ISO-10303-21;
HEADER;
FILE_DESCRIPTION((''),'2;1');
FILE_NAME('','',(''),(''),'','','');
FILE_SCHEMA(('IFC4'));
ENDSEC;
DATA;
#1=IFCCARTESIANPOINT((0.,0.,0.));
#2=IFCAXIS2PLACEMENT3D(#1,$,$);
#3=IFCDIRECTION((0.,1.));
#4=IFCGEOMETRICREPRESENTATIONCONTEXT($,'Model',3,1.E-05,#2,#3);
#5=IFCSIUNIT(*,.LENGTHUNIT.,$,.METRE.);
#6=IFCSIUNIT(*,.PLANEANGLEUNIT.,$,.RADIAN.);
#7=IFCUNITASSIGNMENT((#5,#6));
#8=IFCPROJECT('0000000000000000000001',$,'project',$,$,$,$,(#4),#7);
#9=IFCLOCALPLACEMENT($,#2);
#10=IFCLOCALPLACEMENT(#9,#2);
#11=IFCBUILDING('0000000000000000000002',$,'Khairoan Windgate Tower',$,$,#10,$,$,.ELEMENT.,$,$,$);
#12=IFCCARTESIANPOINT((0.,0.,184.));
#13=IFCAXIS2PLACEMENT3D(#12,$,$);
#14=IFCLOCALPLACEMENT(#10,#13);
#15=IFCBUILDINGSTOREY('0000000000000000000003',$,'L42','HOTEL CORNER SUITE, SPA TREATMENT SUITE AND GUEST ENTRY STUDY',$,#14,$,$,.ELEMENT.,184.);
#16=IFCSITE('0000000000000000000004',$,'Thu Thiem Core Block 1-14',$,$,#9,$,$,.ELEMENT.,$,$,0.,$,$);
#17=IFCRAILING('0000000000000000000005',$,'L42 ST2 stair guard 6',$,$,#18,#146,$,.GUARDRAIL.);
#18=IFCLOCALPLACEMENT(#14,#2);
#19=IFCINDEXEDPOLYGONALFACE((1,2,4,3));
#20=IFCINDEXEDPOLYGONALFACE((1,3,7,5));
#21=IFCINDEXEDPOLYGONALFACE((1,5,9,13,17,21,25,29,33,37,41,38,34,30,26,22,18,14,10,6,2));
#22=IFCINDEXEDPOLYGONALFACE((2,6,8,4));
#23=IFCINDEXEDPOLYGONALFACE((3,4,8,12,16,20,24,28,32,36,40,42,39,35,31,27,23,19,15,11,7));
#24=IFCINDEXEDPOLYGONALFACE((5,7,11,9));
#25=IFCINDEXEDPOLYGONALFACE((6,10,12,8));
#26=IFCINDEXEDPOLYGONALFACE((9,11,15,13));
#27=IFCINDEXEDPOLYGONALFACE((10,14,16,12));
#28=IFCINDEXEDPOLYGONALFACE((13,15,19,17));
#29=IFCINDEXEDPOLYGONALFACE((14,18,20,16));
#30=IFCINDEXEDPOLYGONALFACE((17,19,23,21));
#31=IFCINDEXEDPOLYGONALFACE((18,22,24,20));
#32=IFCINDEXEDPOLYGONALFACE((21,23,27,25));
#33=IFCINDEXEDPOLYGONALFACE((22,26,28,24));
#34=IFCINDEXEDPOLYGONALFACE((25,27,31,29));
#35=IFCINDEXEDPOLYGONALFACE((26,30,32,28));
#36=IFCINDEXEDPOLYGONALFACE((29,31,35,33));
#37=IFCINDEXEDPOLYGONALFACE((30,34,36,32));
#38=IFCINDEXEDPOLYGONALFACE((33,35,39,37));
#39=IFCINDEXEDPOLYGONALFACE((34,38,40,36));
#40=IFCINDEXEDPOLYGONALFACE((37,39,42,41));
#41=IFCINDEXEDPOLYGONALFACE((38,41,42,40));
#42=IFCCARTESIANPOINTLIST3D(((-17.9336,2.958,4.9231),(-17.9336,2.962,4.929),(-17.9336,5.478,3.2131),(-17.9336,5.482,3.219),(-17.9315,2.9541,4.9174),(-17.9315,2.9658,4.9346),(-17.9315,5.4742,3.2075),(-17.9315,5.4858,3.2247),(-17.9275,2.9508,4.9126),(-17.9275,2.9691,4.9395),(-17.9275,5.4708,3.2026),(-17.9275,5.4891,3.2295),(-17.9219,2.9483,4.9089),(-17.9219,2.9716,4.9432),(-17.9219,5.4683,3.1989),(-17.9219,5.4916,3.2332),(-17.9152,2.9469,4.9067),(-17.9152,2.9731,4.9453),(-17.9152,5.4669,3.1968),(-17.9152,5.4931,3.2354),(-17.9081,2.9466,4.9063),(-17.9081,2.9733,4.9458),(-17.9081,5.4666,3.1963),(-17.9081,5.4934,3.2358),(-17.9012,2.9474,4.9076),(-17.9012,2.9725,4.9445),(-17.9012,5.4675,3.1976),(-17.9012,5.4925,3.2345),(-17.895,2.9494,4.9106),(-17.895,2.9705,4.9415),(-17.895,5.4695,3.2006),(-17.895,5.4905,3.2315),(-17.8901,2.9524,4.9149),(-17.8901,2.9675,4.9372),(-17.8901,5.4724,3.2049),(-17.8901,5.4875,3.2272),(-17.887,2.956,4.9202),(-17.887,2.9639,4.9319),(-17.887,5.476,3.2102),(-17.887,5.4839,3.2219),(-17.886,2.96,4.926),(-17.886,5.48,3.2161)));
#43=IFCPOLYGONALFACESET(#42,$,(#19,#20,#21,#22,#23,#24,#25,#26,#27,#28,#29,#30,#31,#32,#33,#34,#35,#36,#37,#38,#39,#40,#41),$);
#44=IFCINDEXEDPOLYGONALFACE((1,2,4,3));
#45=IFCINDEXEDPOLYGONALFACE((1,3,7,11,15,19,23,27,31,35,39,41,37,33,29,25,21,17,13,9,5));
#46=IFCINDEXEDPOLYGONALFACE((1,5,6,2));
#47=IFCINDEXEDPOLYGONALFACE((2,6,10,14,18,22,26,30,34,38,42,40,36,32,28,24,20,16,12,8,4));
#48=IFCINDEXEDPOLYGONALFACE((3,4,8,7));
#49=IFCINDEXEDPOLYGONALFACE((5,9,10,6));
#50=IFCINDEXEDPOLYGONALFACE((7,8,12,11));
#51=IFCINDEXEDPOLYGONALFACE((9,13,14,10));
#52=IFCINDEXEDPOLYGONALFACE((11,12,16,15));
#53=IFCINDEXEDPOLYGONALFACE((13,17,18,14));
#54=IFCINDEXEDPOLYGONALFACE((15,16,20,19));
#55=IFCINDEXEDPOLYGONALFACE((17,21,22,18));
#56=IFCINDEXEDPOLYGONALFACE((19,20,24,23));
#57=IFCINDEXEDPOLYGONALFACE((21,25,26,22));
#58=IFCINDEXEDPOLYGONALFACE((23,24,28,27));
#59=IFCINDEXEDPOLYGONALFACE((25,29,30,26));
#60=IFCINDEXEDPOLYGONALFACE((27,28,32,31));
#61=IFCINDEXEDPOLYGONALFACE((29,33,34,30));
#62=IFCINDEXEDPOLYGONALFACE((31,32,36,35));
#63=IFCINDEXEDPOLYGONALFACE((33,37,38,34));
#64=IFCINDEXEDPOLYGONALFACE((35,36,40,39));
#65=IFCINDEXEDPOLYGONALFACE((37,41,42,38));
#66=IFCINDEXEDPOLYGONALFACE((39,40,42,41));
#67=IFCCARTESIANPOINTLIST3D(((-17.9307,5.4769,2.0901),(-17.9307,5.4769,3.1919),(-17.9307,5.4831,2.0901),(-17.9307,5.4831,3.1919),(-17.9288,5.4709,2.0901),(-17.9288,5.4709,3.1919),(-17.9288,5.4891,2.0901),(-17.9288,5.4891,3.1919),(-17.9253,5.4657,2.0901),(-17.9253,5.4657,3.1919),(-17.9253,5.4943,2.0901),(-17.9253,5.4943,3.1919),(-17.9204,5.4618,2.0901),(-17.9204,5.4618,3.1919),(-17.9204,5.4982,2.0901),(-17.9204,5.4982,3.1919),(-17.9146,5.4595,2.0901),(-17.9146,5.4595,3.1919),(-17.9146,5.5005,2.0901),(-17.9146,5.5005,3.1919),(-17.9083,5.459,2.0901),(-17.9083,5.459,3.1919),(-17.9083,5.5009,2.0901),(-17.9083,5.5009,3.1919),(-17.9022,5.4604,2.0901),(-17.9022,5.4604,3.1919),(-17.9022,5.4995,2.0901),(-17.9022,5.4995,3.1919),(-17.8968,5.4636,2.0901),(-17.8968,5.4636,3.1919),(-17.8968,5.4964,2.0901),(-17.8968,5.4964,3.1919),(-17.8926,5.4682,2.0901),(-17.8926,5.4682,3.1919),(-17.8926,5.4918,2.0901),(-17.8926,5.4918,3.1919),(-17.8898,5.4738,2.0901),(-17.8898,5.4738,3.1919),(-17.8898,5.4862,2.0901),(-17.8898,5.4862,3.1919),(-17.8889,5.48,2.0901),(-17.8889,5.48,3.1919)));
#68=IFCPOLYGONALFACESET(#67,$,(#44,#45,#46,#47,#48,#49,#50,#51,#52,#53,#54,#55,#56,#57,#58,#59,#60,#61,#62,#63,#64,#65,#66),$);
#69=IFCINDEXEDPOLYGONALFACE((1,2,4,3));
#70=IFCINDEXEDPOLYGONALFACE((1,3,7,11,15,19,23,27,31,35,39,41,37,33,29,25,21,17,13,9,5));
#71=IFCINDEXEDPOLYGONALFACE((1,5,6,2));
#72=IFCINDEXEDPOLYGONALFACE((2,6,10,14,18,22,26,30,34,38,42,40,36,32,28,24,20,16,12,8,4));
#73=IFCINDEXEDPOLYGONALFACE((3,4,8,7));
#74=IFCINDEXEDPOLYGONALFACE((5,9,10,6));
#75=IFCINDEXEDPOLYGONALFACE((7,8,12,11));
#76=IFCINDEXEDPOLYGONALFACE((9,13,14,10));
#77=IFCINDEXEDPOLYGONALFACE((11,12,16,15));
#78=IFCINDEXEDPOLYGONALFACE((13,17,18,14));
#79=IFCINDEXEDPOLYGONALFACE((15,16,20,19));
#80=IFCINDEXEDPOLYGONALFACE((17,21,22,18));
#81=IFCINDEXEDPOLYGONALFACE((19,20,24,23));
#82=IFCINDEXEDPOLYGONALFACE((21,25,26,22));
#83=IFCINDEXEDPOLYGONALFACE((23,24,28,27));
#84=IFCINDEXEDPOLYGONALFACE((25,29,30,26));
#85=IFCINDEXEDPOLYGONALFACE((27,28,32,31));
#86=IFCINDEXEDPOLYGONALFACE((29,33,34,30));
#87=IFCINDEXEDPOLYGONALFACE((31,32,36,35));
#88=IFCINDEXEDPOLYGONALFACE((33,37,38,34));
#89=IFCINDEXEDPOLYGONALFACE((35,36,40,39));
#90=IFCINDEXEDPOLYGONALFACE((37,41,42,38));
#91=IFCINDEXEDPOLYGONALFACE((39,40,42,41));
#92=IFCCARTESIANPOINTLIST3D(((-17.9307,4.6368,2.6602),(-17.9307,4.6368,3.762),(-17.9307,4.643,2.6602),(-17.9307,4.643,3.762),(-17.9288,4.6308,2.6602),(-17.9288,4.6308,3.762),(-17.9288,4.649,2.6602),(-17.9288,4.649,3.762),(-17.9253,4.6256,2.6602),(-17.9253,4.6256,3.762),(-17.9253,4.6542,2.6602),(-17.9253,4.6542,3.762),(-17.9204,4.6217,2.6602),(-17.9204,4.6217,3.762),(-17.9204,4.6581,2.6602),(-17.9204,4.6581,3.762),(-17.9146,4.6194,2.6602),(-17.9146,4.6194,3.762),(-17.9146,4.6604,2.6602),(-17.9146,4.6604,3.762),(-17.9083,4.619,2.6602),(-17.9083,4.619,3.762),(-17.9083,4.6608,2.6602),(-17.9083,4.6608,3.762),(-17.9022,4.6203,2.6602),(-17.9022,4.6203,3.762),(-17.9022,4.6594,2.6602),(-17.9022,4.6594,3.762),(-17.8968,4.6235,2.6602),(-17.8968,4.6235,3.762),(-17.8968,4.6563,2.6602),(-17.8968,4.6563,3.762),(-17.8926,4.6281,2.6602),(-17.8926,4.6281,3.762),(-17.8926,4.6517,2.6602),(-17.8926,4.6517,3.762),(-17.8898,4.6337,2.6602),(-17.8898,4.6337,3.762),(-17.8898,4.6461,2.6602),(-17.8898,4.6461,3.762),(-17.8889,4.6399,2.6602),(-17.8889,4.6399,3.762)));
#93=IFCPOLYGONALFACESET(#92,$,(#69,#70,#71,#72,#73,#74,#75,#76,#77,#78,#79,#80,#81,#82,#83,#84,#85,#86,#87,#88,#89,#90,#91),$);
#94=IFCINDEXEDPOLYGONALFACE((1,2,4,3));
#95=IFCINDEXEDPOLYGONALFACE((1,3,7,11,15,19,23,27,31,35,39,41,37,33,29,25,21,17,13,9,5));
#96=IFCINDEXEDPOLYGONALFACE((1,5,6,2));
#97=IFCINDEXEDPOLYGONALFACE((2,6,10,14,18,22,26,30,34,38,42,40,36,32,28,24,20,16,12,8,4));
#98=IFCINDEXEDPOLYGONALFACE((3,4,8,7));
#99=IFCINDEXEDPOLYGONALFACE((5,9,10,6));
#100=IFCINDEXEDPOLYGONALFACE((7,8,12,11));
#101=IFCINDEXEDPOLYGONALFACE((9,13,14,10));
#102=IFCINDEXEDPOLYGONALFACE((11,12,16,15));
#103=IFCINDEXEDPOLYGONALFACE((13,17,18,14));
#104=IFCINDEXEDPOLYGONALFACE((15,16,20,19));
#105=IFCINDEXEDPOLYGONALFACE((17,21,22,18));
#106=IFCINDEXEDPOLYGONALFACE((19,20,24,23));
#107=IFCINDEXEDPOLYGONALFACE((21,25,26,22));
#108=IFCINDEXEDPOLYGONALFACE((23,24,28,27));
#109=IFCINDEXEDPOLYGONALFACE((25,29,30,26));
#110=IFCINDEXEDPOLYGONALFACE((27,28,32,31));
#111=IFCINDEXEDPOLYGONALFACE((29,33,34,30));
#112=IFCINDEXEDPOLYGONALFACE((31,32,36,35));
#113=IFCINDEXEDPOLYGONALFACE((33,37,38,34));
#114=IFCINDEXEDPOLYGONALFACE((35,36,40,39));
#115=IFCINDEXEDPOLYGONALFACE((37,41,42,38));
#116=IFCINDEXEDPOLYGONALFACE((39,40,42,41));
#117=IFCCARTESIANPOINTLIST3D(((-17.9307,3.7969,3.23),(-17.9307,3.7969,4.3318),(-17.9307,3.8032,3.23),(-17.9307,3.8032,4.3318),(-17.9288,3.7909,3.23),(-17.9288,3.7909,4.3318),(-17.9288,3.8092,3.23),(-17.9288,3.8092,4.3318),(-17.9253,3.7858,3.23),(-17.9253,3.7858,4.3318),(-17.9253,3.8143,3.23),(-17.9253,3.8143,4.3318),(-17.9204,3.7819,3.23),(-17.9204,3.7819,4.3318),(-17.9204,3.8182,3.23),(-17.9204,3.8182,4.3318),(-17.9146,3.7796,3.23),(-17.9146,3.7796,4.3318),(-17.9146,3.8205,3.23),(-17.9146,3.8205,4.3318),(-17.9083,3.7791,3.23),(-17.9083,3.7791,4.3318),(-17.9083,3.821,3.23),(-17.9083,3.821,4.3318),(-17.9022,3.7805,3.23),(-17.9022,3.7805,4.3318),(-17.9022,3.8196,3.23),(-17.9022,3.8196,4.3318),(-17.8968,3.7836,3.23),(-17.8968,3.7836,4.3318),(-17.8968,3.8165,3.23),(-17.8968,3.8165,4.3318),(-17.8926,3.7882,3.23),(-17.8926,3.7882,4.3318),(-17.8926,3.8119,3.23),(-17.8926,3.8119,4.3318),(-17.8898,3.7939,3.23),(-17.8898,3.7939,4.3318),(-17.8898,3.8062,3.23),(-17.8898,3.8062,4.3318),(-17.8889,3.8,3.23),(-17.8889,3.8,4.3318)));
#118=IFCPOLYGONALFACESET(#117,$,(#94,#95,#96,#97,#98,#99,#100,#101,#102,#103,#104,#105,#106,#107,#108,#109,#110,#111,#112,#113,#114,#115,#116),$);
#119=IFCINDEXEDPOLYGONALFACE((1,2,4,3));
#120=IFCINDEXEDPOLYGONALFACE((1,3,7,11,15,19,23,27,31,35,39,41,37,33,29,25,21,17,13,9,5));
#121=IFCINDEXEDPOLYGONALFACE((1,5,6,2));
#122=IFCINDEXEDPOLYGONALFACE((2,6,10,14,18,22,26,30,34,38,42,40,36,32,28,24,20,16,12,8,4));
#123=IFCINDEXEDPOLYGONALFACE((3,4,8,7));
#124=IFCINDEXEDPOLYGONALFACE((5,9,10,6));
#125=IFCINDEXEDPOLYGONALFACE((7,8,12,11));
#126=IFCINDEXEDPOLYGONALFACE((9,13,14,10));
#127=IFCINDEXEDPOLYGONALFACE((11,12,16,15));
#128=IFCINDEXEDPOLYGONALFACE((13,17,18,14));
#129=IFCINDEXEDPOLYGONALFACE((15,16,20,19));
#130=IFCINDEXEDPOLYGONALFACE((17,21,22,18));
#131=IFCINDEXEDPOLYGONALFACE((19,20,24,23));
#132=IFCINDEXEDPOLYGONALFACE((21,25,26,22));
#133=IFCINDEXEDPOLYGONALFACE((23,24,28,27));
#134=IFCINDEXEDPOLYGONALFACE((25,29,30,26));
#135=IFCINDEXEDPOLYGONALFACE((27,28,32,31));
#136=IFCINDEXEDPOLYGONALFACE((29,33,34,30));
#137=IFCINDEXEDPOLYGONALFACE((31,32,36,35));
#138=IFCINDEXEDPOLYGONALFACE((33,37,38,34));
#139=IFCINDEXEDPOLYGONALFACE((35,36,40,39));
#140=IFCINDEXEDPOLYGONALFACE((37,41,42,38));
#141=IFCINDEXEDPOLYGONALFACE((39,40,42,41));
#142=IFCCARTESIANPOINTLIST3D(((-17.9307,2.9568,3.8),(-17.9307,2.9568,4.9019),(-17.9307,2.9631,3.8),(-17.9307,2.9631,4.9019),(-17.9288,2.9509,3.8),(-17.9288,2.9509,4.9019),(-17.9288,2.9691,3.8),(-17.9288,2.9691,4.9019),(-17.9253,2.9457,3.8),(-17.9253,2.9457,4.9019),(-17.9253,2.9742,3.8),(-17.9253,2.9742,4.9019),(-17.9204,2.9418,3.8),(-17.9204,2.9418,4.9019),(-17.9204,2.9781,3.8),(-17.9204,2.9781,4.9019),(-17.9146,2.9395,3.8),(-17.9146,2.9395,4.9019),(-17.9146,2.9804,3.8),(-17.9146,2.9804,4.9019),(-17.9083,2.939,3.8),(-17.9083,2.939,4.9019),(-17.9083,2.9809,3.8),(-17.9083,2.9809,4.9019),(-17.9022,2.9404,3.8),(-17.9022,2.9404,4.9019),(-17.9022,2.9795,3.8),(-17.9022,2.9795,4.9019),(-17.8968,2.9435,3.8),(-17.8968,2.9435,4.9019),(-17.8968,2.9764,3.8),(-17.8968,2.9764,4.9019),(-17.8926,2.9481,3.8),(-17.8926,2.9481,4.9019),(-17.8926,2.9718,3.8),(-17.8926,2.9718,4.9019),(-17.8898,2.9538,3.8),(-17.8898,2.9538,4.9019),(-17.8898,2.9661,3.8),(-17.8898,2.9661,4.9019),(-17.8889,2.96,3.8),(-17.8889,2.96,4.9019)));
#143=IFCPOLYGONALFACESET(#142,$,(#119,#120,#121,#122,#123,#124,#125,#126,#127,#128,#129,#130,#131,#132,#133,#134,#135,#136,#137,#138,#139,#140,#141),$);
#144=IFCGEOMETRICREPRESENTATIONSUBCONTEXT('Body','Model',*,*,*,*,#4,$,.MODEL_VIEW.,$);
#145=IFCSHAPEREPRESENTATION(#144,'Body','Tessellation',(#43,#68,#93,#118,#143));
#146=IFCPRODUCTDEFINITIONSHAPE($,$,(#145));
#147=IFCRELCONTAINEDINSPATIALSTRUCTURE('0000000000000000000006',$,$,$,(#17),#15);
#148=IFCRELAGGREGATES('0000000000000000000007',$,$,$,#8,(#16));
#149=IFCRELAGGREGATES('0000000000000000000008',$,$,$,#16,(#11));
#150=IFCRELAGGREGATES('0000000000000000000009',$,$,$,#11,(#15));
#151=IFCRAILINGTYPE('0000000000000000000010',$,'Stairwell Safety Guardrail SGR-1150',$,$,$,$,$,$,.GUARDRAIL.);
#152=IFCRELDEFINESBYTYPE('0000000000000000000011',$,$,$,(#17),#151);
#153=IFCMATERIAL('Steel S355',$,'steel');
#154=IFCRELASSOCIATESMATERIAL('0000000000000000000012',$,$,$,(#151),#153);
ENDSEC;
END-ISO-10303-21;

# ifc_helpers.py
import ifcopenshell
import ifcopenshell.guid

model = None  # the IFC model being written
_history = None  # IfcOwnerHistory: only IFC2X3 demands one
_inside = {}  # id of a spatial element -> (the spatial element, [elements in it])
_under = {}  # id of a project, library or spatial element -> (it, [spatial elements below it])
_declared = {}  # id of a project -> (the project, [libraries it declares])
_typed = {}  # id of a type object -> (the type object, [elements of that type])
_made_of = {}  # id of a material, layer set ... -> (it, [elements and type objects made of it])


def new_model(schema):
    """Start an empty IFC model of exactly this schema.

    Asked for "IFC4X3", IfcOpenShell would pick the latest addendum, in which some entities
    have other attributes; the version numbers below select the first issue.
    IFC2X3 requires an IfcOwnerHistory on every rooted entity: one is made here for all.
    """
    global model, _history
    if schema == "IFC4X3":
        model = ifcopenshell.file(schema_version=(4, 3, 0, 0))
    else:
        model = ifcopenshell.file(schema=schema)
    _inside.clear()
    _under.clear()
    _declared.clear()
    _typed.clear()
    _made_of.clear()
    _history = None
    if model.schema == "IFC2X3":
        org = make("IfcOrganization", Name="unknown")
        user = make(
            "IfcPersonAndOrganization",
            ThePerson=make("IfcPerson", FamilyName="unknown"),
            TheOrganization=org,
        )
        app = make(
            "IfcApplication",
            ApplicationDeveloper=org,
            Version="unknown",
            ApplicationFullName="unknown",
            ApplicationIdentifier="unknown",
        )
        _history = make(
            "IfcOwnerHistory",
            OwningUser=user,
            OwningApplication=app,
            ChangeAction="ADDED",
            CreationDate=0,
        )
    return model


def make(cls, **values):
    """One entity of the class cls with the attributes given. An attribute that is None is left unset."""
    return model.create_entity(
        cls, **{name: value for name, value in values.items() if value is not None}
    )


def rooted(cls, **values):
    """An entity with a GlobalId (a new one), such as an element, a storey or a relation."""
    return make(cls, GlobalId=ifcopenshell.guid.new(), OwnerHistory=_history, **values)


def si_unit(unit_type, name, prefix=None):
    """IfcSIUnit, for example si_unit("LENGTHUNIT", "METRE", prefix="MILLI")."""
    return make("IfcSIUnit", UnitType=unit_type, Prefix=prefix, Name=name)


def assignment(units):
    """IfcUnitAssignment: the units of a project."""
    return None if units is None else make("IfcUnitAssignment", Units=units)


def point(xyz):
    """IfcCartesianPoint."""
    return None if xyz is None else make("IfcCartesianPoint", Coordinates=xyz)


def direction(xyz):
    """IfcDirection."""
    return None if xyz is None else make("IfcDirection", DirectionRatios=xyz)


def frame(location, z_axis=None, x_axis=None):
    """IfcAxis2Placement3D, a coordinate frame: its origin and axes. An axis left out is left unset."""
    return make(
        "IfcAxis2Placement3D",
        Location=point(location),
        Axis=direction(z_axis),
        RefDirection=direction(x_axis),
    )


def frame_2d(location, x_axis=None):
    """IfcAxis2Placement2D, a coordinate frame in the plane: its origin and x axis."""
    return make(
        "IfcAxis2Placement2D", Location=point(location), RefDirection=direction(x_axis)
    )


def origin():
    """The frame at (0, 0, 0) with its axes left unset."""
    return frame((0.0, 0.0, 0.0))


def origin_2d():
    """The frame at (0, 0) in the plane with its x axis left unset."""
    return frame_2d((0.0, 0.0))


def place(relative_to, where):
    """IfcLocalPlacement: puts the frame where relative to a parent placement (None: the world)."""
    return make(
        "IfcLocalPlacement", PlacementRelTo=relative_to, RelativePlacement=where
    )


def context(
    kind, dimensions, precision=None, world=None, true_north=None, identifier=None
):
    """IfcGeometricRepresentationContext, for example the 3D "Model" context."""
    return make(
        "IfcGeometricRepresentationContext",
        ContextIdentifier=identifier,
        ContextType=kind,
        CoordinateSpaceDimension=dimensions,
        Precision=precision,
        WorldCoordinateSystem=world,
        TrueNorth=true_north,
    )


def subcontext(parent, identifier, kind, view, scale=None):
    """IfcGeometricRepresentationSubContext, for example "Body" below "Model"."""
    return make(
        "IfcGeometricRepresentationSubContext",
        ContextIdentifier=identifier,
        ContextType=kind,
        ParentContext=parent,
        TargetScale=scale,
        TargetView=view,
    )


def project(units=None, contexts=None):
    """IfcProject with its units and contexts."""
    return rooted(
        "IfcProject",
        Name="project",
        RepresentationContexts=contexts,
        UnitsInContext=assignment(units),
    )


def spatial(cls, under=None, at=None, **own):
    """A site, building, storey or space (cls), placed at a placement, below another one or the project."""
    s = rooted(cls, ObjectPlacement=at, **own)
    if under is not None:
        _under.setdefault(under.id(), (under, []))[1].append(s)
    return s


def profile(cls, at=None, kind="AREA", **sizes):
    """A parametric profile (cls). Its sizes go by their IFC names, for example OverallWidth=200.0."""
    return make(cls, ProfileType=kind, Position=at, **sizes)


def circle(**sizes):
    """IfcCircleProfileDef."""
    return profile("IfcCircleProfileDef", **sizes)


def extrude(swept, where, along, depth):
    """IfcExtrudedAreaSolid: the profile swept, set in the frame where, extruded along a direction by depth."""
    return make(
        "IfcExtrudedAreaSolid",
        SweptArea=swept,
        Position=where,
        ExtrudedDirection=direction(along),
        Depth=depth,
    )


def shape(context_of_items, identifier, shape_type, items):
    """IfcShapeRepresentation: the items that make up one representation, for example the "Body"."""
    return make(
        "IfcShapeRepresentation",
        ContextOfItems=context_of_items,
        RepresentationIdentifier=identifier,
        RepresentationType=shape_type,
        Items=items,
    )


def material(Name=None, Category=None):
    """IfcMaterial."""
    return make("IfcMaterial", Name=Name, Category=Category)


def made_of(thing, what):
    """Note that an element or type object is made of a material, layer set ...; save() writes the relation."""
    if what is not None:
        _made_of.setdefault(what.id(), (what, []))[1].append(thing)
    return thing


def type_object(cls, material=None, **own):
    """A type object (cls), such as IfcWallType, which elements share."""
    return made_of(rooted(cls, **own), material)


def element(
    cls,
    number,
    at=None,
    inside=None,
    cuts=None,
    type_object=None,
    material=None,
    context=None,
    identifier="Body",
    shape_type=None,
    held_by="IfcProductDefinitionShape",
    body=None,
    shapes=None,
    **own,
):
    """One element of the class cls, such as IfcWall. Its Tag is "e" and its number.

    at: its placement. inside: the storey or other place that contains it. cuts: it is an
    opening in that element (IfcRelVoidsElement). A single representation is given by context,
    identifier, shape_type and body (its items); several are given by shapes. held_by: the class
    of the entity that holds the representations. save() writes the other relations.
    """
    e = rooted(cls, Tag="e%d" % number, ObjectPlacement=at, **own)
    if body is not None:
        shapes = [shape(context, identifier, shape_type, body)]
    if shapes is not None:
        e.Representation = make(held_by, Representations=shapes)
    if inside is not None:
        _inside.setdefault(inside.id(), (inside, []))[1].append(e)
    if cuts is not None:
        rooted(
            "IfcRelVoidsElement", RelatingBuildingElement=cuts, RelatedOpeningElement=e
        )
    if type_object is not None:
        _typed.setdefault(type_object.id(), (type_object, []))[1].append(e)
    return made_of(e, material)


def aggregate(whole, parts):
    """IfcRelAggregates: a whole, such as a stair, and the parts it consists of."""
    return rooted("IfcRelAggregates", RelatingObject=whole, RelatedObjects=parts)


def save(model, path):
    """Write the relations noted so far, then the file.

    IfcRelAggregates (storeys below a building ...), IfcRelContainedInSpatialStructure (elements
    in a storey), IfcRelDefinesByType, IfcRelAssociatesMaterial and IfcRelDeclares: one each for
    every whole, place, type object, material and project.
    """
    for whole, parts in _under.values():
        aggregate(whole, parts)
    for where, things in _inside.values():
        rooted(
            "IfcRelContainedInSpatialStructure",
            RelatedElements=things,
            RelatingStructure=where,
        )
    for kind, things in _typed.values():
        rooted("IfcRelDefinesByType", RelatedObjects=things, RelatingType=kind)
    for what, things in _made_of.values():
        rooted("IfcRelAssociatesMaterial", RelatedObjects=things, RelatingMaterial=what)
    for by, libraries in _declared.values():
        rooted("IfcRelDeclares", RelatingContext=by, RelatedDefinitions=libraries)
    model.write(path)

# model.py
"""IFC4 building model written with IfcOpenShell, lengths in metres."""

from ifc_helpers import new_model, si_unit, direction, frame, origin, origin_2d, place, context, subcontext, project, spatial, circle, extrude, material, type_object, element, save


model = new_model("IFC4")

# Units and contexts
model_context = context("Model", 3, precision=1e-05, world=origin(), true_north=direction((0.0, 1.0)))
body_context = subcontext(model_context, "Body", "Model", "MODEL_VIEW")
ifc_project = project(units=[si_unit("LENGTHUNIT", "METRE"), si_unit("PLANEANGLEUNIT", "RADIAN")], contexts=[model_context])

# Site, building, storey
site_placement = place(None, origin())
site = spatial("IfcSite", under=ifc_project, at=site_placement, Name="Thu Thiem Core Block 1-14", CompositionType="ELEMENT", RefElevation=0.0)
building_placement = place(site_placement, origin())
building = spatial("IfcBuilding", under=site, at=building_placement, Name="Khairoan Windgate Tower", CompositionType="ELEMENT")
storey_placement = place(building_placement, frame((0.0, 0.0, 184.0)))
storey = spatial("IfcBuildingStorey", under=building, at=storey_placement, Name="L42", Description="HOTEL CORNER SUITE, SPA TREATMENT SUITE AND GUEST ENTRY STUDY", CompositionType="ELEMENT", Elevation=184.0)

# Railing
ifc_material_1 = material(Name="Steel S355", Category="steel")
railing_type_1 = type_object("IfcRailingType", Name="Stairwell Safety Guardrail SGR-1150", PredefinedType="GUARDRAIL", material=ifc_material_1)
railing_1_placement = place(storey_placement, frame((-17.9099, 5.48, 2.0901)))
element("IfcRailing", 1, at=railing_1_placement, inside=storey, type_object=railing_type_1, Name="L42 ST2 stair guard 6", PredefinedType="GUARDRAIL", context=body_context, shape_type="SweptSolid", body=[
    extrude(circle(Radius=0.0239, at=origin_2d()), frame((0.0, 0.0, 1.126), z_axis=(0.0, -0.827484, 0.56149), x_axis=(1.0, 0.0, 0.0)), (0.0, 0.0, 1.0), 3.0454),
    extrude(circle(Radius=0.021, at=origin_2d()), origin(), (0.0, 0.0, 1.0), 1.1018),
    extrude(circle(Radius=0.021, at=origin_2d()), frame((0.0, -0.8401, 0.5701)), (0.0, 0.0, 1.0), 1.1018),
    extrude(circle(Radius=0.021, at=origin_2d()), frame((0.0, -1.6799, 1.1399)), (0.0, 0.0, 1.0), 1.1018),
    extrude(circle(Radius=0.021, at=origin_2d()), frame((0.0, -2.52, 1.71)), (0.0, 0.0, 1.0), 1.1018),
])

save(model, "model.ifc")
